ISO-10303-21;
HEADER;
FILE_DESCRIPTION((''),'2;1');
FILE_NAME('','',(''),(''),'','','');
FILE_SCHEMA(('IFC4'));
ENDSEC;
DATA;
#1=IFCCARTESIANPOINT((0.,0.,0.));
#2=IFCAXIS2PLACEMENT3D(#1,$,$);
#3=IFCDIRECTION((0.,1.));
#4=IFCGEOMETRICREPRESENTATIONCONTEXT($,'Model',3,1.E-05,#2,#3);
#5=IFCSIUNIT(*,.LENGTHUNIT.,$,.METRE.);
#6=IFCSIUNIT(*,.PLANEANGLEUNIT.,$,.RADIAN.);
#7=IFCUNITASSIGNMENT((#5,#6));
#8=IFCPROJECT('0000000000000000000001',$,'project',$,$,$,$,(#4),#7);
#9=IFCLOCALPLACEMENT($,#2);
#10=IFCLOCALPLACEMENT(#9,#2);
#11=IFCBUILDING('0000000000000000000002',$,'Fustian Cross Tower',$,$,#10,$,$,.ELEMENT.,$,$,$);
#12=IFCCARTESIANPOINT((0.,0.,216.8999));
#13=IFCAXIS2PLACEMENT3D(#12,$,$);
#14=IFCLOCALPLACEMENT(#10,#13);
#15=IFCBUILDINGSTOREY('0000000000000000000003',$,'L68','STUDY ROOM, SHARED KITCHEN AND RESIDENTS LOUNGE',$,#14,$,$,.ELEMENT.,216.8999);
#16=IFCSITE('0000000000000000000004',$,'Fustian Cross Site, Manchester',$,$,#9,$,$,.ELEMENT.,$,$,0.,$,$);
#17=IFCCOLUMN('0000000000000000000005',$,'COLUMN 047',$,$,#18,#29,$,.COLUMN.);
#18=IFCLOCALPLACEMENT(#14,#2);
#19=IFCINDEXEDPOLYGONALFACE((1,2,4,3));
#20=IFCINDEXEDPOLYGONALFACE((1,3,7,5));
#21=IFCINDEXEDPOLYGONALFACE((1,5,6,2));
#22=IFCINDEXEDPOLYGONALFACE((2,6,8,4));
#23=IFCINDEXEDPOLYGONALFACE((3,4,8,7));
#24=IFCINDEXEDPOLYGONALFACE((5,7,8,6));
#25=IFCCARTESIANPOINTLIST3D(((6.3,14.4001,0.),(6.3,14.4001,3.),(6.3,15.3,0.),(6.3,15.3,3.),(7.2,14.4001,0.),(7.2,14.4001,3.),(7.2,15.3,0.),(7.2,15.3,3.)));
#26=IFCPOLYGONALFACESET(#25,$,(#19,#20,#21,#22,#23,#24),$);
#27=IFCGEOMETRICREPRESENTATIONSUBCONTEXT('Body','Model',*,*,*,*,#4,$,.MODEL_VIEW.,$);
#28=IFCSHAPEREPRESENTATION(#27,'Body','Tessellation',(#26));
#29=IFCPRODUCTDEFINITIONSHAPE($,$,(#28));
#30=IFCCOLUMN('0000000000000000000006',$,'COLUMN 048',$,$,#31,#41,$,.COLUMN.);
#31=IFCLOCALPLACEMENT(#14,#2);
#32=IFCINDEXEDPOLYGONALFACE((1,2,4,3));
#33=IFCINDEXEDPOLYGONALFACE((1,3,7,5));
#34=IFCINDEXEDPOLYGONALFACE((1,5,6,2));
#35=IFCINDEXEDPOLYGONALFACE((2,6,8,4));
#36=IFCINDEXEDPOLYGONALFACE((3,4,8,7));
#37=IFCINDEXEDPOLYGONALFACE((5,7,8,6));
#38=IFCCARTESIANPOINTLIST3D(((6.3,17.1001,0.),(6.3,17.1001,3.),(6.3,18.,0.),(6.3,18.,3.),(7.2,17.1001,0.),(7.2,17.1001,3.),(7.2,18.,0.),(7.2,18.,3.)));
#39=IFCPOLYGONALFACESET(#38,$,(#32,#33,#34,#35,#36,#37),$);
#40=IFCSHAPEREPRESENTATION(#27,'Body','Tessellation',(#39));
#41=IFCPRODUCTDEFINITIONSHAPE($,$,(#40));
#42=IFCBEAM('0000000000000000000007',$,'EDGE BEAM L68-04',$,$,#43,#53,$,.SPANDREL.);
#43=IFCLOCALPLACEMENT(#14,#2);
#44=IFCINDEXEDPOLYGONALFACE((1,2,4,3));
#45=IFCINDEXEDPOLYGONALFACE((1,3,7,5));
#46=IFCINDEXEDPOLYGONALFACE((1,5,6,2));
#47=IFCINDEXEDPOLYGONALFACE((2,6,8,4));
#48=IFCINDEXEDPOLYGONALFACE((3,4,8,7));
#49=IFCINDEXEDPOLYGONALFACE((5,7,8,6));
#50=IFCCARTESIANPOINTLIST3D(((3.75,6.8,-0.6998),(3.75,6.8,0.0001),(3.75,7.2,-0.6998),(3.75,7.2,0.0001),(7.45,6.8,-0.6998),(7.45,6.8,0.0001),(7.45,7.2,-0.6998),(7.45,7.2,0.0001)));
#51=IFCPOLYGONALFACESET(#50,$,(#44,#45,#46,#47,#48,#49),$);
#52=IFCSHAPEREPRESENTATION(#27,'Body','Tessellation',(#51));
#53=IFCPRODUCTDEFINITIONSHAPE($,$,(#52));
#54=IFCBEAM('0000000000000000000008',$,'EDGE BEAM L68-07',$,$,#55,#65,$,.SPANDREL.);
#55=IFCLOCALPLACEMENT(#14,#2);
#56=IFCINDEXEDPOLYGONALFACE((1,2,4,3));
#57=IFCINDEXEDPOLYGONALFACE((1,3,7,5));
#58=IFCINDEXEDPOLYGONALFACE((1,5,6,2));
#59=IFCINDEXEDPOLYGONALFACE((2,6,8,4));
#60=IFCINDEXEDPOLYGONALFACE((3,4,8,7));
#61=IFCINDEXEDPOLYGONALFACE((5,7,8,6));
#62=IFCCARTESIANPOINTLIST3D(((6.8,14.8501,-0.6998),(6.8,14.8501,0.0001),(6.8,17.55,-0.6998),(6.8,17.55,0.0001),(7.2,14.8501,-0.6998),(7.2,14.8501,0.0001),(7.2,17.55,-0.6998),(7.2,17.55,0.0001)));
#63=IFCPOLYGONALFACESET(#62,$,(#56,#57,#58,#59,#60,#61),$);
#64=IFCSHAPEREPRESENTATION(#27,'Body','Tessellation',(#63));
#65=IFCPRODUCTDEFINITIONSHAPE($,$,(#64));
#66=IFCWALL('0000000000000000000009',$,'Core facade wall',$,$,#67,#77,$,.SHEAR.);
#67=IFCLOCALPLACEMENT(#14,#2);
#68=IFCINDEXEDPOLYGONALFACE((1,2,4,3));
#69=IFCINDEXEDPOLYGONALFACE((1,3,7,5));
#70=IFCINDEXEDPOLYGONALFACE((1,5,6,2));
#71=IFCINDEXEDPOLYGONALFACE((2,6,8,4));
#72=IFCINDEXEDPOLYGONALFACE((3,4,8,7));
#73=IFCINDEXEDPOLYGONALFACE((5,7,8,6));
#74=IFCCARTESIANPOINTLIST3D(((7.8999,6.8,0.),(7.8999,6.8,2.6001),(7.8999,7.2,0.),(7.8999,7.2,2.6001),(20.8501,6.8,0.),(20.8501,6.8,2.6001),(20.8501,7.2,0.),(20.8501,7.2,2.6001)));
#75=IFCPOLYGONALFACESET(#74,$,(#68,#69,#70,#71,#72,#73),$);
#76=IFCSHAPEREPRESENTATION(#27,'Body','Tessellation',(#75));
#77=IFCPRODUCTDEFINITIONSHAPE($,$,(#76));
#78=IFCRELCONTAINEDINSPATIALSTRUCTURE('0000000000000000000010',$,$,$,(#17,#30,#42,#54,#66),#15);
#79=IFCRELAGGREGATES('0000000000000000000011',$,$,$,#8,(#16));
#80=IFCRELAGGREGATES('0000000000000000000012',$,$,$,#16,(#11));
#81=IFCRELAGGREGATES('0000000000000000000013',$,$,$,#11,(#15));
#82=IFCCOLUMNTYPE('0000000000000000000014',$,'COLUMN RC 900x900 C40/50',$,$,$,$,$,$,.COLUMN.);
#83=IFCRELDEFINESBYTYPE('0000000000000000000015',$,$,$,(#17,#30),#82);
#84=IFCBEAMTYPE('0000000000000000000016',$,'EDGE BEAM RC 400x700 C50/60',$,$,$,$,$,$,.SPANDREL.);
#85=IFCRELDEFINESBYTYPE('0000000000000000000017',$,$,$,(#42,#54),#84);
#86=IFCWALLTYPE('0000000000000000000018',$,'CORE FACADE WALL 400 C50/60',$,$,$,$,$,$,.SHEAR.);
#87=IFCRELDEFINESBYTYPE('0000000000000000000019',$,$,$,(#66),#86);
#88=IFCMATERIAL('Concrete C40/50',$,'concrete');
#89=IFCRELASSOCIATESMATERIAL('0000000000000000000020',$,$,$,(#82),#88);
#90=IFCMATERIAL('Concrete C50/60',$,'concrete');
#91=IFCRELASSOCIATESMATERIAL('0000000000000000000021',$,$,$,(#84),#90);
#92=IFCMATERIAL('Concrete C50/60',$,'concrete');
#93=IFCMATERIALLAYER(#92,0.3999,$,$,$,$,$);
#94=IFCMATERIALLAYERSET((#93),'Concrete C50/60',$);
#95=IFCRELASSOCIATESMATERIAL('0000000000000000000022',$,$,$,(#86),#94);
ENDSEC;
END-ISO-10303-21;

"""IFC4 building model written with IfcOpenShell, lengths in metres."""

from ifc_helpers import new_model, si_unit, direction, frame, frame_2d, origin, origin_2d, place, context, subcontext, project, spatial, rectangle, extrude, material, layer, layer_set, material_profile, profile_set, type_object, element, save


model = new_model("IFC4")

# Units and contexts
model_context = context("Model", 3, precision=1e-05, world=origin(), true_north=direction((0.0, 1.0)))
body_context = subcontext(model_context, "Body", "Model", "MODEL_VIEW")
ifc_project = project(units=[si_unit("LENGTHUNIT", "METRE"), si_unit("PLANEANGLEUNIT", "RADIAN")], contexts=[model_context])

# Site, building, storey
site_placement = place(None, origin())
site = spatial("IfcSite", under=ifc_project, at=site_placement, Name="Fustian Cross Site, Manchester", CompositionType="ELEMENT", RefElevation=0.0)
building_placement = place(site_placement, origin())
building = spatial("IfcBuilding", under=site, at=building_placement, Name="Fustian Cross Tower", CompositionType="ELEMENT")
storey_placement = place(building_placement, frame((0.0, 0.0, 216.8999)))
storey = spatial("IfcBuildingStorey", under=building, at=storey_placement, Name="L68", Description="STUDY ROOM, SHARED KITCHEN AND RESIDENTS LOUNGE", CompositionType="ELEMENT", Elevation=216.8999)

# Columns
ifc_material_1 = material(Name="Concrete C40/50", Category="concrete")
ifc_material_profile_1 = material_profile(ifc_material_1, rectangle(XDim=0.8999, YDim=0.8999, at=origin_2d()), Name="RC 900x900")
ifc_profile_set_1 = profile_set([ifc_material_profile_1], Name="Concrete C40/50")
column_type = type_object("IfcColumnType", Name="COLUMN RC 900x900 C40/50", PredefinedType="COLUMN", material=ifc_profile_set_1)
for number, where, z_axis, x_axis, name in (
    (1, (6.75, 14.8501, 0.0), (0.0, 0.0, 1.0), (1.0, 0.0, 0.0), "COLUMN 047"),
    (2, (6.75, 17.55, 0.0), (0.0, 0.0, 1.0), (1.0, 0.0, 0.0), "COLUMN 048"),
):
    element("IfcColumn", number, at=place(storey_placement, frame(where, z_axis=z_axis, x_axis=x_axis)), inside=storey, type_object=column_type, Name=name, PredefinedType="COLUMN", context=body_context, shape_type="SweptSolid", body=[
        extrude(rectangle(XDim=0.8999, YDim=0.8999, at=origin_2d()), origin(), (0.0, 0.0, 1.0), 3.0),
    ])

# Beams
ifc_material_2 = material(Name="Concrete C50/60", Category="concrete")
ifc_material_profile_2 = material_profile(ifc_material_2, rectangle(XDim=0.3999, YDim=0.7, at=origin_2d()), Name="RC 400x700")
ifc_profile_set_2 = profile_set([ifc_material_profile_2], Name="Concrete C50/60")
beam_type = type_object("IfcBeamType", Name="EDGE BEAM RC 400x700 C50/60", PredefinedType="SPANDREL", material=ifc_profile_set_2)
beam_1_placement = place(storey_placement, frame((7.45, 7.0, -0.3499), z_axis=(-1.0, 0.0, 0.0), x_axis=(0.0, -1.0, 0.0)))
element("IfcBeam", 3, at=beam_1_placement, inside=storey, type_object=beam_type, Name="EDGE BEAM L68-04", PredefinedType="SPANDREL", context=body_context, shape_type="SweptSolid", body=[
    extrude(rectangle(XDim=0.3999, YDim=0.7, at=origin_2d()), origin(), (0.0, 0.0, 1.0), 3.7),
])
beam_2_placement = place(storey_placement, frame((7.0, 14.8501, -0.3499), z_axis=(0.0, 1.0, 0.0), x_axis=(-1.0, 0.0, 0.0)))
element("IfcBeam", 4, at=beam_2_placement, inside=storey, type_object=beam_type, Name="EDGE BEAM L68-07", PredefinedType="SPANDREL", context=body_context, shape_type="SweptSolid", body=[
    extrude(rectangle(XDim=0.3999, YDim=0.7, at=origin_2d()), origin(), (0.0, 0.0, 1.0), 2.7),
])

# Wall
ifc_material_3 = material(Name="Concrete C50/60", Category="concrete")
ifc_layer_1 = layer(ifc_material_3, 0.3999)
ifc_layer_set_1 = layer_set([ifc_layer_1], Name="Concrete C50/60")
wall_type_1 = type_object("IfcWallType", Name="CORE FACADE WALL 400 C50/60", PredefinedType="SHEAR", material=ifc_layer_set_1)
wall_1_placement = place(storey_placement, frame((7.8999, 7.0, 0.0), z_axis=(0.0, 0.0, 1.0), x_axis=(1.0, 0.0, 0.0)))
element("IfcWall", 5, at=wall_1_placement, inside=storey, type_object=wall_type_1, Name="Core facade wall", PredefinedType="SHEAR", context=body_context, shape_type="SweptSolid", body=[
    extrude(rectangle(XDim=12.9502, YDim=0.3999, at=frame_2d((6.4751, 0.0))), origin(), (0.0, 0.0, 1.0), 2.6001),
])

save(model, "model.ifc")
